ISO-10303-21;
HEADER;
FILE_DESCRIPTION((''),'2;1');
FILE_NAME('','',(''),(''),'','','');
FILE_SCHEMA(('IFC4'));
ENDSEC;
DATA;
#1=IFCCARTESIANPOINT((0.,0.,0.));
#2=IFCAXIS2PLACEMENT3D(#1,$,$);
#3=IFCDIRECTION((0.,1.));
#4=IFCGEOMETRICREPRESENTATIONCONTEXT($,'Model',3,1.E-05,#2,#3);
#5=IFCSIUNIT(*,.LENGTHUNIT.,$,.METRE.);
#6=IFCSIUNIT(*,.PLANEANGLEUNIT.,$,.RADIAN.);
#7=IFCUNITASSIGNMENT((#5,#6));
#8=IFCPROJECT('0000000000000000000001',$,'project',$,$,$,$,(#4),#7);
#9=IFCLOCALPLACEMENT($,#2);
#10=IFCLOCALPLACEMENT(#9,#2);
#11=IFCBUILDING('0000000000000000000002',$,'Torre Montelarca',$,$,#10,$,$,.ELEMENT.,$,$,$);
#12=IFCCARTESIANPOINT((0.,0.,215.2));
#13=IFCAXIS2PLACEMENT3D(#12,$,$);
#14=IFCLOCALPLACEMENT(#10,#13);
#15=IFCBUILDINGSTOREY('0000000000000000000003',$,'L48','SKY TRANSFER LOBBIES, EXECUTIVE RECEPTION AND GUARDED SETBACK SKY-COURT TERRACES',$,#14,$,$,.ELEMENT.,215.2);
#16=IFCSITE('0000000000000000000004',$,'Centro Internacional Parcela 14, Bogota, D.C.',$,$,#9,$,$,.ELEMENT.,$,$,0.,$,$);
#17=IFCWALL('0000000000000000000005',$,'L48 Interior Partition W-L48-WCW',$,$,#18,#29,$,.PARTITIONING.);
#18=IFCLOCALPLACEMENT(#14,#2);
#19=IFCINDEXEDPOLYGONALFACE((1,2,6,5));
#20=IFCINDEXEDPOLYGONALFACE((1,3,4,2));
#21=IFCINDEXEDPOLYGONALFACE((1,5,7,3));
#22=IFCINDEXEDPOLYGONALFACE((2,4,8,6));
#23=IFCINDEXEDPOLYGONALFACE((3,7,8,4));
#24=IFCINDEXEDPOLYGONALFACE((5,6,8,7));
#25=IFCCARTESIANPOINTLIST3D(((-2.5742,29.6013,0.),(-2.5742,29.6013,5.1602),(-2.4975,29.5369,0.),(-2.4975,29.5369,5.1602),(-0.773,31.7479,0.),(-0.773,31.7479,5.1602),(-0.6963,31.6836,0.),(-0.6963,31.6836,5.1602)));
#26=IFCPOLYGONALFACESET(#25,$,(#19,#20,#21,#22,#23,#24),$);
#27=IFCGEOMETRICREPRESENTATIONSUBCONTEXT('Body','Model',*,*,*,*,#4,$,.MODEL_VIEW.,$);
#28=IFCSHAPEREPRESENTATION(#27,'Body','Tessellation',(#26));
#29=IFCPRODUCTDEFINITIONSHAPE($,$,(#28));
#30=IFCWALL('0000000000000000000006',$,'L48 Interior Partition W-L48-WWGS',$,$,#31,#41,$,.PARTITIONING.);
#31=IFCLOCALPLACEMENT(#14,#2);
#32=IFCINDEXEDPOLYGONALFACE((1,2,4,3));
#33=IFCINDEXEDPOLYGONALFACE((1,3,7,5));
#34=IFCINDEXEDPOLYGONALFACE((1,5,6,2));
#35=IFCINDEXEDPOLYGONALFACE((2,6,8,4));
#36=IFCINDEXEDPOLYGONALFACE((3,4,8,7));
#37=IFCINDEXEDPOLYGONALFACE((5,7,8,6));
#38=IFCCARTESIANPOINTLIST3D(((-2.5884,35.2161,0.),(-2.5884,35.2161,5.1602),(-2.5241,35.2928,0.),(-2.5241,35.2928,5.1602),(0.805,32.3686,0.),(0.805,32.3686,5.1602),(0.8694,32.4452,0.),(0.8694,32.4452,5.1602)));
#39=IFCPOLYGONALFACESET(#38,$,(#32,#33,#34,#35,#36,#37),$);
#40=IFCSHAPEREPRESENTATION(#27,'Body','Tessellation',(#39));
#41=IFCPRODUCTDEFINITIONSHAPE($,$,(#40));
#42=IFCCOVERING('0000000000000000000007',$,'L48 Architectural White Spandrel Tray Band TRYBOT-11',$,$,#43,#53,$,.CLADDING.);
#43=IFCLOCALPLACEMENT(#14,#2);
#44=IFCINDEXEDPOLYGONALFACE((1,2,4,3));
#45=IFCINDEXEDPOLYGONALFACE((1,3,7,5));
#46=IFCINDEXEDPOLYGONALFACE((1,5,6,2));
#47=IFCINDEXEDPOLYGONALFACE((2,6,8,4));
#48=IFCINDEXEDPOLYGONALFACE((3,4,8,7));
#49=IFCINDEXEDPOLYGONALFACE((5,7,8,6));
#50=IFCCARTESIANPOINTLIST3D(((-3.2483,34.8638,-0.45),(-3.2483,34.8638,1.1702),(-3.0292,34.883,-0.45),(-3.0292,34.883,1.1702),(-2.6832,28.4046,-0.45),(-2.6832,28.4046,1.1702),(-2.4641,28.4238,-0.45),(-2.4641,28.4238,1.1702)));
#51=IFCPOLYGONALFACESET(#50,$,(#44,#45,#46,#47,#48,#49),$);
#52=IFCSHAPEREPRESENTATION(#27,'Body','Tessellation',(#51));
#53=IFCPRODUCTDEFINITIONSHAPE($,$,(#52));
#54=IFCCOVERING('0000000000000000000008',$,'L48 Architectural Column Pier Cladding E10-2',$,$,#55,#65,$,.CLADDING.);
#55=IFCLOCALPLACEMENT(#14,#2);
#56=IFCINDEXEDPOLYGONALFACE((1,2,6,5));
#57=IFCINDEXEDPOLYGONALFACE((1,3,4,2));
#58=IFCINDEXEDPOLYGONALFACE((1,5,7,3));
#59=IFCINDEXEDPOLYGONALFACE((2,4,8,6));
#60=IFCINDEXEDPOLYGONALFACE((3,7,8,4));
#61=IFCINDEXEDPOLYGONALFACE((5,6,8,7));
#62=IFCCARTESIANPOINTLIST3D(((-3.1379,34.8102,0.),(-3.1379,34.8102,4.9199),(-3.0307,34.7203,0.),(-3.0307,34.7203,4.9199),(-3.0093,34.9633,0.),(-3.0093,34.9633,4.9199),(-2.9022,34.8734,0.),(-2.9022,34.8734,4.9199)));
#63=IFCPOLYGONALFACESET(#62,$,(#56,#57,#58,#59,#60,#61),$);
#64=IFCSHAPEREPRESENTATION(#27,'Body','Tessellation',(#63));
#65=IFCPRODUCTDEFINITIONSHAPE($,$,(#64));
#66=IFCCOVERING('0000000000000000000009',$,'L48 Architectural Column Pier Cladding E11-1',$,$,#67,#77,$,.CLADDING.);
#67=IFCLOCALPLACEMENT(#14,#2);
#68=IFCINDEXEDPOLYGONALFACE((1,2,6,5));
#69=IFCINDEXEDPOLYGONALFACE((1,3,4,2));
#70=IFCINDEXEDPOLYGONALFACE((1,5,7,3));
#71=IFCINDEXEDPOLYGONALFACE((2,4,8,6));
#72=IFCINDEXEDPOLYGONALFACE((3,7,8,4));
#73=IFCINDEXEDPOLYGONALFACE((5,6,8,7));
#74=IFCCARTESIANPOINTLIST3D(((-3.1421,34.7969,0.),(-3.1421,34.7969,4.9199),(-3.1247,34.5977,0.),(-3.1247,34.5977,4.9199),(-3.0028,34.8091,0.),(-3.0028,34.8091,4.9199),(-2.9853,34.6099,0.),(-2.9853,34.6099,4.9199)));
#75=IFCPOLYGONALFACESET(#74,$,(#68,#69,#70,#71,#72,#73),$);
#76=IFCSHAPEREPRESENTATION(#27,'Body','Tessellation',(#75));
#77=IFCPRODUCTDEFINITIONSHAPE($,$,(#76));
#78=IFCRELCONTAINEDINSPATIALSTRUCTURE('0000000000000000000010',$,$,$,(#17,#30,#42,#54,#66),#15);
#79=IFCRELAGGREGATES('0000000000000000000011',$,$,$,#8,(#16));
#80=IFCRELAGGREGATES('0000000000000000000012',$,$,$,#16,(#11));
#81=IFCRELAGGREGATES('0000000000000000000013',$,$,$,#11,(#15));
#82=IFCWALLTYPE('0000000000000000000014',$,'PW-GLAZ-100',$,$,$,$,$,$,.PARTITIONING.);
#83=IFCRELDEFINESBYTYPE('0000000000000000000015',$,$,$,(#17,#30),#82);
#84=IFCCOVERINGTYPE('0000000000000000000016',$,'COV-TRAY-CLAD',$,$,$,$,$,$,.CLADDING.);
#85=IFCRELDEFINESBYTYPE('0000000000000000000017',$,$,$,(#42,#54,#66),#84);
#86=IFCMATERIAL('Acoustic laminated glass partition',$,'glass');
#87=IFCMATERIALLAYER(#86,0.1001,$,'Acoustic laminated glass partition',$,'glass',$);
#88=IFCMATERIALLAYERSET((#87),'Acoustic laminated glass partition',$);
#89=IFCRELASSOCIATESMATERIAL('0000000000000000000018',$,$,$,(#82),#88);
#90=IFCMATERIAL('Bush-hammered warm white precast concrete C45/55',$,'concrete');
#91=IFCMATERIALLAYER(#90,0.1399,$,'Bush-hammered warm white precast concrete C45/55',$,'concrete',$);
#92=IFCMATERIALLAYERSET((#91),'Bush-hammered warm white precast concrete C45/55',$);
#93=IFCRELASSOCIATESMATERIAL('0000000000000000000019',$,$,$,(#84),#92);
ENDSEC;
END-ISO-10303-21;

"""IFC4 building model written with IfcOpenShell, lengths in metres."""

from ifc_helpers import new_model, si_unit, direction, frame, frame_2d, origin, origin_2d, place, context, subcontext, project, spatial, rectangle, extrude, source, transform, mapped, material, layer, layer_set, type_object, element, save


model = new_model("IFC4")

# Units and contexts
model_context = context("Model", 3, precision=1e-05, world=origin(), true_north=direction((0.0, 1.0)))
body_context = subcontext(model_context, "Body", "Model", "MODEL_VIEW")
ifc_project = project(units=[si_unit("LENGTHUNIT", "METRE"), si_unit("PLANEANGLEUNIT", "RADIAN")], contexts=[model_context])

# Site, building, storey
site_placement = place(None, origin())
site = spatial("IfcSite", under=ifc_project, at=site_placement, Name="Centro Internacional Parcela 14, Bogota, D.C.", CompositionType="ELEMENT", RefElevation=0.0)
building_placement = place(site_placement, origin())
building = spatial("IfcBuilding", under=site, at=building_placement, Name="Torre Montelarca", CompositionType="ELEMENT")
storey_placement = place(building_placement, frame((0.0, 0.0, 215.2)))
storey = spatial("IfcBuildingStorey", under=building, at=storey_placement, Name="L48", Description="SKY TRANSFER LOBBIES, EXECUTIVE RECEPTION AND GUARDED SETBACK SKY-COURT TERRACES", CompositionType="ELEMENT", Elevation=215.2)

# Walls
ifc_material_1 = material(Name="Acoustic laminated glass partition", Category="glass")
ifc_layer_1 = layer(ifc_material_1, 0.1001, Name="Acoustic laminated glass partition", Category="glass")
ifc_layer_set_1 = layer_set([ifc_layer_1], Name="Acoustic laminated glass partition")
wall_type_1 = type_object("IfcWallType", Name="PW-GLAZ-100", PredefinedType="PARTITIONING", material=ifc_layer_set_1)
wall_1_placement = place(storey_placement, frame((-2.5359, 29.5691, 0.0), z_axis=(0.0, 0.0, 1.0), x_axis=(0.642777, 0.766053, 0.0)))
element("IfcWall", 1, at=wall_1_placement, inside=storey, type_object=wall_type_1, Name="L48 Interior Partition W-L48-WCW", PredefinedType="PARTITIONING", context=body_context, shape_type="SweptSolid", body=[
    extrude(rectangle(XDim=2.8022, YDim=0.1001, at=frame_2d((1.4011, 0.0))), origin(), (0.0, 0.0, 1.0), 5.1602),
])
wall_2_placement = place(storey_placement, frame((-2.5562, 35.2544, 0.0), z_axis=(0.0, 0.0, 1.0), x_axis=(0.76603, -0.642804, 0.0)))
element("IfcWall", 2, at=wall_2_placement, inside=storey, type_object=wall_type_1, Name="L48 Interior Partition W-L48-WWGS", PredefinedType="PARTITIONING", context=body_context, shape_type="SweptSolid", body=[
    extrude(rectangle(XDim=4.4299, YDim=0.1001, at=frame_2d((2.2148, 0.0))), origin(), (0.0, 0.0, 1.0), 5.1602),
])

# Coverings
ifc_material_2 = material(Name="Bush-hammered warm white precast concrete C45/55", Category="concrete")
ifc_layer_2 = layer(ifc_material_2, 0.1399, Name="Bush-hammered warm white precast concrete C45/55", Category="concrete")
ifc_layer_set_2 = layer_set([ifc_layer_2], Name="Bush-hammered warm white precast concrete C45/55")
covering_type = type_object("IfcCoveringType", Name="COV-TRAY-CLAD", PredefinedType="CLADDING", material=ifc_layer_set_2)
shared_shape_1 = source(origin(), body_context, "Body", "SweptSolid", [
    extrude(rectangle(XDim=6.4839, YDim=0.22, at=origin_2d()), origin(), (0.0, 0.0, 1.0), 1.6201),
])
covering_placement = place(storey_placement, frame((-2.8562, 31.6438, -0.45), z_axis=(0.0, 0.0, 1.0), x_axis=(0.087147, -0.996195, 0.0)))
element("IfcCovering", 3, at=covering_placement, inside=storey, type_object=covering_type, Name="L48 Architectural White Spandrel Tray Band TRYBOT-11", PredefinedType="CLADDING", context=body_context, shape_type="MappedRepresentation", body=[
    mapped(shared_shape_1, transform((0.0, 0.0, 0.0), scale=1.0)),
])
shared_shape_2 = source(origin(), body_context, "Body", "SweptSolid", [
    extrude(rectangle(XDim=0.2, YDim=0.1399, at=origin_2d()), origin(), (0.0, 0.0, 1.0), 4.9199),
])
for number, where, z_axis, x_axis, name in (
    (4, (-3.02, 34.8418, 0.0), (0.0, 0.0, 1.0), (-0.642789, -0.766043, 0.0), "L48 Architectural Column Pier Cladding E10-2"),
    (5, (-3.0637, 34.7034, 0.0), (0.0, 0.0, 1.0), (0.087161, -0.996194, 0.0), "L48 Architectural Column Pier Cladding E11-1"),
):
    element("IfcCovering", number, at=place(storey_placement, frame(where, z_axis=z_axis, x_axis=x_axis)), inside=storey, type_object=covering_type, Name=name, PredefinedType="CLADDING", context=body_context, shape_type="MappedRepresentation", body=[
        mapped(shared_shape_2, transform((0.0, 0.0, 0.0), scale=1.0)),
    ])

save(model, "model.ifc")
